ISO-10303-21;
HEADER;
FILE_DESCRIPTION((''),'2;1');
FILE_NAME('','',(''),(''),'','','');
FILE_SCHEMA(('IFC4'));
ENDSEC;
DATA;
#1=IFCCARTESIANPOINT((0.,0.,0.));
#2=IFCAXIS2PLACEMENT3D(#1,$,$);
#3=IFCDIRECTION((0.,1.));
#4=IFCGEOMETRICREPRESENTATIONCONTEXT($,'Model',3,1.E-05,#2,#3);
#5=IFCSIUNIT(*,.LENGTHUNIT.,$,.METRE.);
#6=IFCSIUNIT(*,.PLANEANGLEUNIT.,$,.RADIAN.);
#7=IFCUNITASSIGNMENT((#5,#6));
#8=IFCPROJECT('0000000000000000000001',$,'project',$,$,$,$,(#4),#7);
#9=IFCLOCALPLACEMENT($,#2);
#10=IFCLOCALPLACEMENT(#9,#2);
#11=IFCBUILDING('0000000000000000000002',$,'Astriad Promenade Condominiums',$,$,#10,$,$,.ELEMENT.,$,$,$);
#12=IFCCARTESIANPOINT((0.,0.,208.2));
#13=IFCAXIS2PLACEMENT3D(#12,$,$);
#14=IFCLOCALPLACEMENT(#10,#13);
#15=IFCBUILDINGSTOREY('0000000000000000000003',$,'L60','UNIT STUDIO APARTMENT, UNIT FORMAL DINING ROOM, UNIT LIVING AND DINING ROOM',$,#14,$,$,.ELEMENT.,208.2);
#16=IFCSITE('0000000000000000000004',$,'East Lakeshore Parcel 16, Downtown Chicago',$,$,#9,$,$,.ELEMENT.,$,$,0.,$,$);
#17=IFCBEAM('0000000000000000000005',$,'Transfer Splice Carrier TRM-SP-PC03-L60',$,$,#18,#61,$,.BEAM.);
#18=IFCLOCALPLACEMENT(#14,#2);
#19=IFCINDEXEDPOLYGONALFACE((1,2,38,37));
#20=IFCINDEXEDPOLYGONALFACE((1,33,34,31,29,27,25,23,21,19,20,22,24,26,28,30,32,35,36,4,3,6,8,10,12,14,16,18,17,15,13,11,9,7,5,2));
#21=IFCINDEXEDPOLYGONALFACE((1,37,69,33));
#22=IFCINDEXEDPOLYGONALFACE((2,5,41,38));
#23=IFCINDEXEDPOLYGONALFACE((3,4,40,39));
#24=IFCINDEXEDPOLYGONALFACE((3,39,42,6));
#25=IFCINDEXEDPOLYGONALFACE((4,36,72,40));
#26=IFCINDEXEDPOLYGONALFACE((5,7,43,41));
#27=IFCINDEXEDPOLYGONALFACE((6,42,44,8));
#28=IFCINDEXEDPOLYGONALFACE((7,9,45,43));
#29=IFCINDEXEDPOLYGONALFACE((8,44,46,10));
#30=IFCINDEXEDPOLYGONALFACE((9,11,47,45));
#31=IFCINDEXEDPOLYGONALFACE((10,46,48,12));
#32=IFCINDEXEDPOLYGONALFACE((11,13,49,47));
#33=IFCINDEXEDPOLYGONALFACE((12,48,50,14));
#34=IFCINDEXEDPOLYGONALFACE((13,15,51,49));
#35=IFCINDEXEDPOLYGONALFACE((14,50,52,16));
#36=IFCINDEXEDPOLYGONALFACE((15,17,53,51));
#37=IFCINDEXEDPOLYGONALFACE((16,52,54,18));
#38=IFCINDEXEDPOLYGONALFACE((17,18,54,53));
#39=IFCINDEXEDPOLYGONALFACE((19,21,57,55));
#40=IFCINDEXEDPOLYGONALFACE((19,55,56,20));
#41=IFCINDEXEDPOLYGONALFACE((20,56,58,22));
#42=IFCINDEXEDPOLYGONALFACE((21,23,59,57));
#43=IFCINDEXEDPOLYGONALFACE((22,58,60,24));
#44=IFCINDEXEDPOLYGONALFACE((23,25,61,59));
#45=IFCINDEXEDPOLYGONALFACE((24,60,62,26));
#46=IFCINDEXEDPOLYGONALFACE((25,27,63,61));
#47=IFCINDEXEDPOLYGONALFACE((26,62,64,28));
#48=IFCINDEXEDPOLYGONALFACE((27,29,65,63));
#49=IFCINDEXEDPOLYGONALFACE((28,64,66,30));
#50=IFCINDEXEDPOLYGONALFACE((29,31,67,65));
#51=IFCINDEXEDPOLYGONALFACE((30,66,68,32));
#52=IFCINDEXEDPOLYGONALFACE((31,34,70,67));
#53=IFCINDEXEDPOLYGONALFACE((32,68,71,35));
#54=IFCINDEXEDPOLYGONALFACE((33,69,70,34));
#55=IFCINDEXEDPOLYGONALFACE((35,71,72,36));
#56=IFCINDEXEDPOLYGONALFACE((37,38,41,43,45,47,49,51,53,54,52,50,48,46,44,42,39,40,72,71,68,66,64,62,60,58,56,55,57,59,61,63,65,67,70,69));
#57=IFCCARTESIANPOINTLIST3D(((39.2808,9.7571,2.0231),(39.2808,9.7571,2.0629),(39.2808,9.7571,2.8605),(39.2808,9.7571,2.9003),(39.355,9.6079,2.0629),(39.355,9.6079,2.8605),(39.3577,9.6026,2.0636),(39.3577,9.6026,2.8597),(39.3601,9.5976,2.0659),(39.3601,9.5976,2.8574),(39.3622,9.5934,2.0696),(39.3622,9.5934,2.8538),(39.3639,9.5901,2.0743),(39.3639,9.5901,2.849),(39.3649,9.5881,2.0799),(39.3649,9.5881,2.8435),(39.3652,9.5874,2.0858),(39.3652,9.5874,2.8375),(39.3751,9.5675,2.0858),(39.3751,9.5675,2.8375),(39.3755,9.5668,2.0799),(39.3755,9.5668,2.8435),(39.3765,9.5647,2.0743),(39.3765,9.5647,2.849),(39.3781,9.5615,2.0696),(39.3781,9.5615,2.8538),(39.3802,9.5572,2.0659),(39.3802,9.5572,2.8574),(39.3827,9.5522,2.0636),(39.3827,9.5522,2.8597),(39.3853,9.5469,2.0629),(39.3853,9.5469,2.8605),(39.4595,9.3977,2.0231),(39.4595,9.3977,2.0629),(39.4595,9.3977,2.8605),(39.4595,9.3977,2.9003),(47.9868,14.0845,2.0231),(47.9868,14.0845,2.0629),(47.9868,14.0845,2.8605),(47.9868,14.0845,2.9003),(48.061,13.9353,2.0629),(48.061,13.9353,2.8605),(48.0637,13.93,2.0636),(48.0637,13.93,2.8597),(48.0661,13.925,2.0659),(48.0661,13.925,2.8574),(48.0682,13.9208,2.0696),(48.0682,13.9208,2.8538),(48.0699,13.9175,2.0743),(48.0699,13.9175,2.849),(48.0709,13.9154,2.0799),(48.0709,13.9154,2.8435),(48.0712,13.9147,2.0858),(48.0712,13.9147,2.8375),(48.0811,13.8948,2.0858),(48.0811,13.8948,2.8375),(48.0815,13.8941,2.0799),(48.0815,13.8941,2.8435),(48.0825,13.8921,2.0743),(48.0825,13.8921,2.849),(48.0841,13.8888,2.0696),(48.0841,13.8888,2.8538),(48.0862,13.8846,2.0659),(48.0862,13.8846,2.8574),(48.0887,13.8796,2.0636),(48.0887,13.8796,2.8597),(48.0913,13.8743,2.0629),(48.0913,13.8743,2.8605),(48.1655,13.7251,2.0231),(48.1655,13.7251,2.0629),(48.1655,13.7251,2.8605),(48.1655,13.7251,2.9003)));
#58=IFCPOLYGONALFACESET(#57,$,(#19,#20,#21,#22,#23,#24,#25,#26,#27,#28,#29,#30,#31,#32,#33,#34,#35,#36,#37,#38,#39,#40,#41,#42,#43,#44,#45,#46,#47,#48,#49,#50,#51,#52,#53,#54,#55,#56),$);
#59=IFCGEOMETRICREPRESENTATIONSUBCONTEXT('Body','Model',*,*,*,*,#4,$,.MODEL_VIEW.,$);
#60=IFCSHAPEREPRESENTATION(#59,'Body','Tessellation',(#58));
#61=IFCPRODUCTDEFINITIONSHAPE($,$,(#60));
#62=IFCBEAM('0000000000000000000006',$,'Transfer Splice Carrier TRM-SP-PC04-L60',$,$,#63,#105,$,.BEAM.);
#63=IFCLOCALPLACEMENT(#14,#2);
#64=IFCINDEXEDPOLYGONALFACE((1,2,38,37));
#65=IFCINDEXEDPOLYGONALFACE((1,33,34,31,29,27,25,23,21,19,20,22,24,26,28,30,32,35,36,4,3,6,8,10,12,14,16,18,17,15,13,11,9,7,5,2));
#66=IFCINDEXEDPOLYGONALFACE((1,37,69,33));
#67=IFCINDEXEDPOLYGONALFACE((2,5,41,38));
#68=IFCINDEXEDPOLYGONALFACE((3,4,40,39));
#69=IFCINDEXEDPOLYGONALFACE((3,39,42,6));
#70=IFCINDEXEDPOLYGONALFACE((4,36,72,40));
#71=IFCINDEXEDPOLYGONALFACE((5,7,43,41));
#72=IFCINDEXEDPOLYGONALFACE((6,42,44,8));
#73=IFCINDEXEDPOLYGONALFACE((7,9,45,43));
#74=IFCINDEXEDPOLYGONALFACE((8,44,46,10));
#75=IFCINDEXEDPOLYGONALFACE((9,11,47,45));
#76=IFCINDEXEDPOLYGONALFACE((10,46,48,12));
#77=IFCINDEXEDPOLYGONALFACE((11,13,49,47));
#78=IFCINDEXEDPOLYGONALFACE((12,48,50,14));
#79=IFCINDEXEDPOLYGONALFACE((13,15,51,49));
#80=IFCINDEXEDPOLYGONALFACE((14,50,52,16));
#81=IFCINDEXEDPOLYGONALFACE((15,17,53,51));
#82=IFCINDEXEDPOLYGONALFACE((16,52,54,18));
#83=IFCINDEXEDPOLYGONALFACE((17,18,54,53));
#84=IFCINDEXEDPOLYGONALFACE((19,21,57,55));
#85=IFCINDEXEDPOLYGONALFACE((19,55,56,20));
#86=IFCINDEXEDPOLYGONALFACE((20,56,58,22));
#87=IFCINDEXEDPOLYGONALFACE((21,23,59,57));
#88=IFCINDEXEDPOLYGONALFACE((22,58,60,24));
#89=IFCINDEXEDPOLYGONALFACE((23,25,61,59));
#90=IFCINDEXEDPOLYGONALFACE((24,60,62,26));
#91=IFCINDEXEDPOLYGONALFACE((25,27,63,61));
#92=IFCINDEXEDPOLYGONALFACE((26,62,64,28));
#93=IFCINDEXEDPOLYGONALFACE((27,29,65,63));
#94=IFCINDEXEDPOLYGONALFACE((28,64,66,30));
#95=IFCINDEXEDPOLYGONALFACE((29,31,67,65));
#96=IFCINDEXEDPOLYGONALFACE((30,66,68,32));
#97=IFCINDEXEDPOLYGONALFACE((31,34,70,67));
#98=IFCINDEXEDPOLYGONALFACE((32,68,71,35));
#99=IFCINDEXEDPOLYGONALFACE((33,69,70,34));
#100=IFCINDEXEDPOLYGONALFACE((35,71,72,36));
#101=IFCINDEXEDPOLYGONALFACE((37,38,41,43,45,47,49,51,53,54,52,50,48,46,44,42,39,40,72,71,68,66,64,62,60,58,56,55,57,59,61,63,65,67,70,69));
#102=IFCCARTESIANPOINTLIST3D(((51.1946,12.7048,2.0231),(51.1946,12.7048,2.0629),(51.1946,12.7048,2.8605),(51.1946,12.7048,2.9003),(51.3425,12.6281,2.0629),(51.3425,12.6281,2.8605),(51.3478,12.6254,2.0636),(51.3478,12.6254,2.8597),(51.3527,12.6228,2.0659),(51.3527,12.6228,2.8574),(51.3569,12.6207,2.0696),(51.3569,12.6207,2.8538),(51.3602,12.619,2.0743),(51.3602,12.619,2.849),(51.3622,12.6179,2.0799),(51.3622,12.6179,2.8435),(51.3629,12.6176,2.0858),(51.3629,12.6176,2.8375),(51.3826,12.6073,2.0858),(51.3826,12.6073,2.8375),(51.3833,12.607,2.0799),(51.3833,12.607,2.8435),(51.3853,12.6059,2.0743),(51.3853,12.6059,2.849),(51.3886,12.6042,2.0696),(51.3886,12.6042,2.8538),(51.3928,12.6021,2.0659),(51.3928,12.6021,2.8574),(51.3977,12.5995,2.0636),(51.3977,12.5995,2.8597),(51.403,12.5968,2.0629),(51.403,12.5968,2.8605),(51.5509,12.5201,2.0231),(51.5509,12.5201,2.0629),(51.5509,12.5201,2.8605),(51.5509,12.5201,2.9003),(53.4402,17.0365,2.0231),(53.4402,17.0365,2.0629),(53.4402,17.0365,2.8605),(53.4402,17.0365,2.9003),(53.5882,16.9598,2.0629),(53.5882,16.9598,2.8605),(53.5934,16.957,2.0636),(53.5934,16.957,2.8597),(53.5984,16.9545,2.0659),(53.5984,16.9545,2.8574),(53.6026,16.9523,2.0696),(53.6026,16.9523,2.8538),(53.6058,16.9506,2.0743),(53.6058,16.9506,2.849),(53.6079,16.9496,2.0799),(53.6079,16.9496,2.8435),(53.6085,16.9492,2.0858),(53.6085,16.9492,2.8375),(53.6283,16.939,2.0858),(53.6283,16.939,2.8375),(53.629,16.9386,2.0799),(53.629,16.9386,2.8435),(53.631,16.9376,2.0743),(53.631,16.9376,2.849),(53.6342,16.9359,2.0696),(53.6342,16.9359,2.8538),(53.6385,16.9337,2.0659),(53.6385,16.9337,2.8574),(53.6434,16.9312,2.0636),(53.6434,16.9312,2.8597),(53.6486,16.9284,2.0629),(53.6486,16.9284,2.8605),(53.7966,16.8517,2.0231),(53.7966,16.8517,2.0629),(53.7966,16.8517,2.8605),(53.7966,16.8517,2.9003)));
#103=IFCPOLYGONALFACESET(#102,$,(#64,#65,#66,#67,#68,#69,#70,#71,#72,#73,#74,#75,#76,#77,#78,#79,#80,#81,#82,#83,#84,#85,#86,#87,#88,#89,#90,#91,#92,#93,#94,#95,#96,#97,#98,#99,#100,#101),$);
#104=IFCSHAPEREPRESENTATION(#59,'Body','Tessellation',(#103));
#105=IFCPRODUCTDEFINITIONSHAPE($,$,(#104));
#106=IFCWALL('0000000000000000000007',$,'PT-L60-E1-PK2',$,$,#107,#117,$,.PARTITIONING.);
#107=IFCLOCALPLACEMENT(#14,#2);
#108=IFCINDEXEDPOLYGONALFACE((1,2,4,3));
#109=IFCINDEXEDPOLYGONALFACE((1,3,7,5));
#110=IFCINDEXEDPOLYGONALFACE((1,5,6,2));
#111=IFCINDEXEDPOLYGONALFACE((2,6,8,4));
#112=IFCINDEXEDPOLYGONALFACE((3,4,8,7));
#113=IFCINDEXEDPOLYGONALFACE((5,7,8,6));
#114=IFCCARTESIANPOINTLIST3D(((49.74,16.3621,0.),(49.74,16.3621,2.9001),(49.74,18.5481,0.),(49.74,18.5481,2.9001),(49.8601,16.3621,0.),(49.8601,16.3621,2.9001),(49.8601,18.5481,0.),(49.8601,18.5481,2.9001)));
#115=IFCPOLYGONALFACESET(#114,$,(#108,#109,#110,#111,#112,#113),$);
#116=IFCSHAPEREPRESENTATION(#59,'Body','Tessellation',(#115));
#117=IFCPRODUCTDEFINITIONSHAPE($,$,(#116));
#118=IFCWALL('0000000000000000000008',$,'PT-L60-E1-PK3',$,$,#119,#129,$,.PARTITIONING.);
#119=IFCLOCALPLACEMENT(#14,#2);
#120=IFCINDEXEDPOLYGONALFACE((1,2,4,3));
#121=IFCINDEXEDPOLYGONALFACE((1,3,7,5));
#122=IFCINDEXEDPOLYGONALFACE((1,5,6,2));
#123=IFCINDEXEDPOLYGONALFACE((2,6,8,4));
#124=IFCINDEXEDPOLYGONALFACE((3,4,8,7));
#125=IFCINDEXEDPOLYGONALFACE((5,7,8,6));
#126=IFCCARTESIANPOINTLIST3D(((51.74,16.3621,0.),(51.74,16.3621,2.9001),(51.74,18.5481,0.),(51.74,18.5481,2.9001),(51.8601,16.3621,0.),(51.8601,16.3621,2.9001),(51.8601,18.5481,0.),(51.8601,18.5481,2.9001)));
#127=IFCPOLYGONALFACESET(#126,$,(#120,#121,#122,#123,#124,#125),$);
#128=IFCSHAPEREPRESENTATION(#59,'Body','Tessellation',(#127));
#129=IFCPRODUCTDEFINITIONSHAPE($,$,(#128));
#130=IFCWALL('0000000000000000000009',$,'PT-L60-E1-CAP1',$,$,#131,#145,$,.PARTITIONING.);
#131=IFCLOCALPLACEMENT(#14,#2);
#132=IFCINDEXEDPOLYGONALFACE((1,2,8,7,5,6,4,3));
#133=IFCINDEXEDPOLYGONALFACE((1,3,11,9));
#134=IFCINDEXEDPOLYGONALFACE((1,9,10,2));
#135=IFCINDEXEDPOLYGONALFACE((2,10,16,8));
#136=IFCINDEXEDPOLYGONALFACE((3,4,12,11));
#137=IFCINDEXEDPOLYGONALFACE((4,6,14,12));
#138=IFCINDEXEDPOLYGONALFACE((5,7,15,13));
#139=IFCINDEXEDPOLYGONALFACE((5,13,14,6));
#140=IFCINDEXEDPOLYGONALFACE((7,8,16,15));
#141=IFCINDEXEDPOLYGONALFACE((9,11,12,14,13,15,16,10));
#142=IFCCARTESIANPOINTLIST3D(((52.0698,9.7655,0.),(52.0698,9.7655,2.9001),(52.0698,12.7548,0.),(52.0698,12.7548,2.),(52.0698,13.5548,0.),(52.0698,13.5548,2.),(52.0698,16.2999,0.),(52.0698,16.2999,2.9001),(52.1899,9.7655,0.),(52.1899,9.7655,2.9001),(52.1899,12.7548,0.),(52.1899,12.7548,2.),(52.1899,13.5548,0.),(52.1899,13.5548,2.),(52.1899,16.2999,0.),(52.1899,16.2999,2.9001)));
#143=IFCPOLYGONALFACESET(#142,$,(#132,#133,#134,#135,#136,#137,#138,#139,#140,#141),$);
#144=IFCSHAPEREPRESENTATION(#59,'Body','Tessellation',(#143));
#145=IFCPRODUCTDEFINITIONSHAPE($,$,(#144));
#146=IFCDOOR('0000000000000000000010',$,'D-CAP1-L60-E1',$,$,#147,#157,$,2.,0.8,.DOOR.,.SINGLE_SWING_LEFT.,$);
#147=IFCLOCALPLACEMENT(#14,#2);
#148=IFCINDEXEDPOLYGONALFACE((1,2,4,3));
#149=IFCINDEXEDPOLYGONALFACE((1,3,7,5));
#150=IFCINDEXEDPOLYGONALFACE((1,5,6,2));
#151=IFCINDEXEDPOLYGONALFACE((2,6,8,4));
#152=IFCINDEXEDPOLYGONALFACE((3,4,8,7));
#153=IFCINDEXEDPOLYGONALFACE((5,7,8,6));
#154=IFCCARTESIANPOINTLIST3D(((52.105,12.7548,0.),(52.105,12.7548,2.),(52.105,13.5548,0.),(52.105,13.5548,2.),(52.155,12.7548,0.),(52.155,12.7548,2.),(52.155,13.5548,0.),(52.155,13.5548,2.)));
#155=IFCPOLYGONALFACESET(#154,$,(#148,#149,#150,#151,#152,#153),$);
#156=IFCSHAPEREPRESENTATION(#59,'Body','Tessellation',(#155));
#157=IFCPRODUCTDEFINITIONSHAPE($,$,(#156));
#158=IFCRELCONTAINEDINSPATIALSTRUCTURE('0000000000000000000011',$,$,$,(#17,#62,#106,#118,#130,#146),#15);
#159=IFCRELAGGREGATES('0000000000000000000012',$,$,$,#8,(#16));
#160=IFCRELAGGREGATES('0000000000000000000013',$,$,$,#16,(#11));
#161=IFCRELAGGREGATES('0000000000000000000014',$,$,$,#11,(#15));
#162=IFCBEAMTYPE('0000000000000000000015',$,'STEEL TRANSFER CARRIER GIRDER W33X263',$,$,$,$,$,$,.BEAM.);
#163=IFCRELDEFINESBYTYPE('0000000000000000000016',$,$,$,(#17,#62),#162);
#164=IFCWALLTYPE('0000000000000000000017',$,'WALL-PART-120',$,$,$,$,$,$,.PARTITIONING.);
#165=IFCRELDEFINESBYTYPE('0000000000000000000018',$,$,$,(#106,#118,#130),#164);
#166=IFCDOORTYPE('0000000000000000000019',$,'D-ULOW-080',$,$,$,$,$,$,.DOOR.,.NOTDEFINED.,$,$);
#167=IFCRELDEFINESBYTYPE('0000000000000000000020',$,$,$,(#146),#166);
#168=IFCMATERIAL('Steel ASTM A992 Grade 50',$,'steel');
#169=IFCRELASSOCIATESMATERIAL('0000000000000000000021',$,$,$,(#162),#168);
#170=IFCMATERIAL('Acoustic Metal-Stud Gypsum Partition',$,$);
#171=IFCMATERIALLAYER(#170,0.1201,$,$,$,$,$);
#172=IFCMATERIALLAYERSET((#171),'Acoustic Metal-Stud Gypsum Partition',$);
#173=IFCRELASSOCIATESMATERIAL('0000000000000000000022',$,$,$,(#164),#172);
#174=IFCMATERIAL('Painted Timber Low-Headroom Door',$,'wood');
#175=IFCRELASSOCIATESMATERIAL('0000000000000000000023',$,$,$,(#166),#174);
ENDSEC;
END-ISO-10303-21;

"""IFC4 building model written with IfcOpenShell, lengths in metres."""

from ifc_helpers import new_model, si_unit, direction, frame, frame_2d, origin, origin_2d, place, context, subcontext, project, spatial, rectangle, i_section, extrude, source, transform, mapped, material, layer, layer_set, material_profile, profile_set, type_object, type_shapes, element, fill, save


model = new_model("IFC4")

# Units and contexts
model_context = context("Model", 3, precision=1e-05, world=origin(), true_north=direction((0.0, 1.0)))
body_context = subcontext(model_context, "Body", "Model", "MODEL_VIEW")
ifc_project = project(units=[si_unit("LENGTHUNIT", "METRE"), si_unit("PLANEANGLEUNIT", "RADIAN")], contexts=[model_context])

# Site, building, storey
site_placement = place(None, origin())
site = spatial("IfcSite", under=ifc_project, at=site_placement, Name="East Lakeshore Parcel 16, Downtown Chicago", CompositionType="ELEMENT", RefElevation=0.0)
building_placement = place(site_placement, origin())
building = spatial("IfcBuilding", under=site, at=building_placement, Name="Astriad Promenade Condominiums", CompositionType="ELEMENT")
storey_placement = place(building_placement, frame((0.0, 0.0, 208.2)))
storey = spatial("IfcBuildingStorey", under=building, at=storey_placement, Name="L60", Description="UNIT STUDIO APARTMENT, UNIT FORMAL DINING ROOM, UNIT LIVING AND DINING ROOM", CompositionType="ELEMENT", Elevation=208.2)

# Beams
ifc_material_1 = material(Name="Steel ASTM A992 Grade 50", Category="steel")
ifc_material_profile_1 = material_profile(ifc_material_1, i_section(OverallWidth=0.4014, OverallDepth=0.8772, WebThickness=0.0222, FlangeThickness=0.0398, FilletRadius=0.0229, at=origin_2d()), Name="W33X263")
ifc_profile_set_1 = profile_set([ifc_material_profile_1], Name="Steel ASTM A992 Grade 50")
beam_type_1 = type_object("IfcBeamType", Name="STEEL TRANSFER CARRIER GIRDER W33X263", PredefinedType="BEAM", material=ifc_profile_set_1)
shared_shape_1 = source(origin(), body_context, "Body", "SweptSolid", [
    extrude(i_section(OverallWidth=0.4014, OverallDepth=0.8772, WebThickness=0.0222, FlangeThickness=0.0398, FilletRadius=0.0229, at=origin_2d()), origin(), (0.0, 0.0, 1.0), 9.7222),
])
beam_1_placement = place(storey_placement, frame((48.0762, 13.9048, 2.4617), z_axis=(-0.895479, -0.445103, 0.0), x_axis=(0.445103, -0.895479, 0.0)))
element("IfcBeam", 1, at=beam_1_placement, inside=storey, type_object=beam_type_1, Name="Transfer Splice Carrier TRM-SP-PC03-L60", PredefinedType="BEAM", context=body_context, shape_type="MappedRepresentation", body=[
    mapped(shared_shape_1, transform((0.0, 0.0, 0.0), scale=1.0)),
])
shared_shape_2 = source(origin(), body_context, "Body", "SweptSolid", [
    extrude(i_section(OverallWidth=0.4014, OverallDepth=0.8772, WebThickness=0.0222, FlangeThickness=0.0398, FilletRadius=0.0229, at=origin_2d()), origin(), (0.0, 0.0, 1.0), 4.8792),
])
type_shapes(beam_type_1, [shared_shape_1, shared_shape_2])
beam_2_placement = place(storey_placement, frame((53.6184, 16.9441, 2.4617), z_axis=(-0.460256, -0.887786, 0.0), x_axis=(0.887786, -0.460256, 0.0)))
element("IfcBeam", 2, at=beam_2_placement, inside=storey, type_object=beam_type_1, Name="Transfer Splice Carrier TRM-SP-PC04-L60", PredefinedType="BEAM", context=body_context, shape_type="MappedRepresentation", body=[
    mapped(shared_shape_2, transform((0.0, 0.0, 0.0), scale=1.0)),
])

# Walls
ifc_material_2 = material(Name="Acoustic Metal-Stud Gypsum Partition")
ifc_layer = layer(ifc_material_2, 0.1201)
ifc_layer_set = layer_set([ifc_layer], Name="Acoustic Metal-Stud Gypsum Partition")
wall_type = type_object("IfcWallType", Name="WALL-PART-120", PredefinedType="PARTITIONING", material=ifc_layer_set)
for number, where, z_axis, x_axis, name in (
    (3, (49.8, 16.3621, 0.0), (0.0, 0.0, 1.0), (0.0, 1.0, 0.0), "PT-L60-E1-PK2"),
    (4, (51.8, 16.3621, 0.0), (0.0, 0.0, 1.0), (0.0, 1.0, 0.0), "PT-L60-E1-PK3"),
):
    element("IfcWall", number, at=place(storey_placement, frame(where, z_axis=z_axis, x_axis=x_axis)), inside=storey, type_object=wall_type, Name=name, PredefinedType="PARTITIONING", context=body_context, shape_type="SweptSolid", body=[
        extrude(rectangle(XDim=2.186, YDim=0.1201, at=frame_2d((1.093, 0.0))), origin(), (0.0, 0.0, 1.0), 2.9001),
    ])

# Wall, opening, door
wall_1_placement = place(storey_placement, frame((52.1299, 9.7656, 0.0), z_axis=(0.0, 0.0, 1.0), x_axis=(0.0, 1.0, 0.0)))
wall_1 = element("IfcWall", 5, at=wall_1_placement, inside=storey, type_object=wall_type, Name="PT-L60-E1-CAP1", PredefinedType="PARTITIONING", context=body_context, shape_type="SweptSolid", body=[
    extrude(rectangle(XDim=6.5344, YDim=0.1201, at=frame_2d((3.2671, 0.0))), origin(), (0.0, 0.0, 1.0), 2.9001),
])
opening_1_placement = place(wall_1_placement, frame((2.9893, 0.0, 0.0)))
opening_1 = element("IfcOpeningElement", 6, at=opening_1_placement, cuts=wall_1, PredefinedType="OPENING", context=body_context, shape_type="SweptSolid", body=[
    extrude(rectangle(XDim=0.8, YDim=2.0, at=frame_2d((0.3999, 1.0))), frame((0.0, 0.0701, 0.0), z_axis=(0.0, -1.0, 0.0), x_axis=(1.0, 0.0, 0.0)), (0.0, 0.0, 1.0), 0.1401),
])
ifc_material_3 = material(Name="Painted Timber Low-Headroom Door", Category="wood")
door_type_1 = type_object("IfcDoorType", Name="D-ULOW-080", OperationType="NOTDEFINED", PredefinedType="DOOR", material=ifc_material_3)
shared_shape_3 = source(origin(), body_context, "Body", "SweptSolid", [
    extrude(rectangle(XDim=0.8, YDim=2.0, at=frame_2d((0.3999, 1.0))), frame((0.0, 0.0249, 0.0), z_axis=(0.0, -1.0, 0.0), x_axis=(1.0, 0.0, 0.0)), (0.0, 0.0, 1.0), 0.05),
])
type_shapes(door_type_1, [shared_shape_3])
door_1_placement = place(opening_1_placement, origin())
door_1 = element("IfcDoor", 7, at=door_1_placement, inside=storey, type_object=door_type_1, Name="D-CAP1-L60-E1", OperationType="SINGLE_SWING_LEFT", OverallHeight=2.0, OverallWidth=0.8, PredefinedType="DOOR", context=body_context, shape_type="MappedRepresentation", body=[
    mapped(shared_shape_3, transform((0.0, 0.0, 0.0), scale=1.0)),
])
fill(opening_1, door_1)

save(model, "model.ifc")
